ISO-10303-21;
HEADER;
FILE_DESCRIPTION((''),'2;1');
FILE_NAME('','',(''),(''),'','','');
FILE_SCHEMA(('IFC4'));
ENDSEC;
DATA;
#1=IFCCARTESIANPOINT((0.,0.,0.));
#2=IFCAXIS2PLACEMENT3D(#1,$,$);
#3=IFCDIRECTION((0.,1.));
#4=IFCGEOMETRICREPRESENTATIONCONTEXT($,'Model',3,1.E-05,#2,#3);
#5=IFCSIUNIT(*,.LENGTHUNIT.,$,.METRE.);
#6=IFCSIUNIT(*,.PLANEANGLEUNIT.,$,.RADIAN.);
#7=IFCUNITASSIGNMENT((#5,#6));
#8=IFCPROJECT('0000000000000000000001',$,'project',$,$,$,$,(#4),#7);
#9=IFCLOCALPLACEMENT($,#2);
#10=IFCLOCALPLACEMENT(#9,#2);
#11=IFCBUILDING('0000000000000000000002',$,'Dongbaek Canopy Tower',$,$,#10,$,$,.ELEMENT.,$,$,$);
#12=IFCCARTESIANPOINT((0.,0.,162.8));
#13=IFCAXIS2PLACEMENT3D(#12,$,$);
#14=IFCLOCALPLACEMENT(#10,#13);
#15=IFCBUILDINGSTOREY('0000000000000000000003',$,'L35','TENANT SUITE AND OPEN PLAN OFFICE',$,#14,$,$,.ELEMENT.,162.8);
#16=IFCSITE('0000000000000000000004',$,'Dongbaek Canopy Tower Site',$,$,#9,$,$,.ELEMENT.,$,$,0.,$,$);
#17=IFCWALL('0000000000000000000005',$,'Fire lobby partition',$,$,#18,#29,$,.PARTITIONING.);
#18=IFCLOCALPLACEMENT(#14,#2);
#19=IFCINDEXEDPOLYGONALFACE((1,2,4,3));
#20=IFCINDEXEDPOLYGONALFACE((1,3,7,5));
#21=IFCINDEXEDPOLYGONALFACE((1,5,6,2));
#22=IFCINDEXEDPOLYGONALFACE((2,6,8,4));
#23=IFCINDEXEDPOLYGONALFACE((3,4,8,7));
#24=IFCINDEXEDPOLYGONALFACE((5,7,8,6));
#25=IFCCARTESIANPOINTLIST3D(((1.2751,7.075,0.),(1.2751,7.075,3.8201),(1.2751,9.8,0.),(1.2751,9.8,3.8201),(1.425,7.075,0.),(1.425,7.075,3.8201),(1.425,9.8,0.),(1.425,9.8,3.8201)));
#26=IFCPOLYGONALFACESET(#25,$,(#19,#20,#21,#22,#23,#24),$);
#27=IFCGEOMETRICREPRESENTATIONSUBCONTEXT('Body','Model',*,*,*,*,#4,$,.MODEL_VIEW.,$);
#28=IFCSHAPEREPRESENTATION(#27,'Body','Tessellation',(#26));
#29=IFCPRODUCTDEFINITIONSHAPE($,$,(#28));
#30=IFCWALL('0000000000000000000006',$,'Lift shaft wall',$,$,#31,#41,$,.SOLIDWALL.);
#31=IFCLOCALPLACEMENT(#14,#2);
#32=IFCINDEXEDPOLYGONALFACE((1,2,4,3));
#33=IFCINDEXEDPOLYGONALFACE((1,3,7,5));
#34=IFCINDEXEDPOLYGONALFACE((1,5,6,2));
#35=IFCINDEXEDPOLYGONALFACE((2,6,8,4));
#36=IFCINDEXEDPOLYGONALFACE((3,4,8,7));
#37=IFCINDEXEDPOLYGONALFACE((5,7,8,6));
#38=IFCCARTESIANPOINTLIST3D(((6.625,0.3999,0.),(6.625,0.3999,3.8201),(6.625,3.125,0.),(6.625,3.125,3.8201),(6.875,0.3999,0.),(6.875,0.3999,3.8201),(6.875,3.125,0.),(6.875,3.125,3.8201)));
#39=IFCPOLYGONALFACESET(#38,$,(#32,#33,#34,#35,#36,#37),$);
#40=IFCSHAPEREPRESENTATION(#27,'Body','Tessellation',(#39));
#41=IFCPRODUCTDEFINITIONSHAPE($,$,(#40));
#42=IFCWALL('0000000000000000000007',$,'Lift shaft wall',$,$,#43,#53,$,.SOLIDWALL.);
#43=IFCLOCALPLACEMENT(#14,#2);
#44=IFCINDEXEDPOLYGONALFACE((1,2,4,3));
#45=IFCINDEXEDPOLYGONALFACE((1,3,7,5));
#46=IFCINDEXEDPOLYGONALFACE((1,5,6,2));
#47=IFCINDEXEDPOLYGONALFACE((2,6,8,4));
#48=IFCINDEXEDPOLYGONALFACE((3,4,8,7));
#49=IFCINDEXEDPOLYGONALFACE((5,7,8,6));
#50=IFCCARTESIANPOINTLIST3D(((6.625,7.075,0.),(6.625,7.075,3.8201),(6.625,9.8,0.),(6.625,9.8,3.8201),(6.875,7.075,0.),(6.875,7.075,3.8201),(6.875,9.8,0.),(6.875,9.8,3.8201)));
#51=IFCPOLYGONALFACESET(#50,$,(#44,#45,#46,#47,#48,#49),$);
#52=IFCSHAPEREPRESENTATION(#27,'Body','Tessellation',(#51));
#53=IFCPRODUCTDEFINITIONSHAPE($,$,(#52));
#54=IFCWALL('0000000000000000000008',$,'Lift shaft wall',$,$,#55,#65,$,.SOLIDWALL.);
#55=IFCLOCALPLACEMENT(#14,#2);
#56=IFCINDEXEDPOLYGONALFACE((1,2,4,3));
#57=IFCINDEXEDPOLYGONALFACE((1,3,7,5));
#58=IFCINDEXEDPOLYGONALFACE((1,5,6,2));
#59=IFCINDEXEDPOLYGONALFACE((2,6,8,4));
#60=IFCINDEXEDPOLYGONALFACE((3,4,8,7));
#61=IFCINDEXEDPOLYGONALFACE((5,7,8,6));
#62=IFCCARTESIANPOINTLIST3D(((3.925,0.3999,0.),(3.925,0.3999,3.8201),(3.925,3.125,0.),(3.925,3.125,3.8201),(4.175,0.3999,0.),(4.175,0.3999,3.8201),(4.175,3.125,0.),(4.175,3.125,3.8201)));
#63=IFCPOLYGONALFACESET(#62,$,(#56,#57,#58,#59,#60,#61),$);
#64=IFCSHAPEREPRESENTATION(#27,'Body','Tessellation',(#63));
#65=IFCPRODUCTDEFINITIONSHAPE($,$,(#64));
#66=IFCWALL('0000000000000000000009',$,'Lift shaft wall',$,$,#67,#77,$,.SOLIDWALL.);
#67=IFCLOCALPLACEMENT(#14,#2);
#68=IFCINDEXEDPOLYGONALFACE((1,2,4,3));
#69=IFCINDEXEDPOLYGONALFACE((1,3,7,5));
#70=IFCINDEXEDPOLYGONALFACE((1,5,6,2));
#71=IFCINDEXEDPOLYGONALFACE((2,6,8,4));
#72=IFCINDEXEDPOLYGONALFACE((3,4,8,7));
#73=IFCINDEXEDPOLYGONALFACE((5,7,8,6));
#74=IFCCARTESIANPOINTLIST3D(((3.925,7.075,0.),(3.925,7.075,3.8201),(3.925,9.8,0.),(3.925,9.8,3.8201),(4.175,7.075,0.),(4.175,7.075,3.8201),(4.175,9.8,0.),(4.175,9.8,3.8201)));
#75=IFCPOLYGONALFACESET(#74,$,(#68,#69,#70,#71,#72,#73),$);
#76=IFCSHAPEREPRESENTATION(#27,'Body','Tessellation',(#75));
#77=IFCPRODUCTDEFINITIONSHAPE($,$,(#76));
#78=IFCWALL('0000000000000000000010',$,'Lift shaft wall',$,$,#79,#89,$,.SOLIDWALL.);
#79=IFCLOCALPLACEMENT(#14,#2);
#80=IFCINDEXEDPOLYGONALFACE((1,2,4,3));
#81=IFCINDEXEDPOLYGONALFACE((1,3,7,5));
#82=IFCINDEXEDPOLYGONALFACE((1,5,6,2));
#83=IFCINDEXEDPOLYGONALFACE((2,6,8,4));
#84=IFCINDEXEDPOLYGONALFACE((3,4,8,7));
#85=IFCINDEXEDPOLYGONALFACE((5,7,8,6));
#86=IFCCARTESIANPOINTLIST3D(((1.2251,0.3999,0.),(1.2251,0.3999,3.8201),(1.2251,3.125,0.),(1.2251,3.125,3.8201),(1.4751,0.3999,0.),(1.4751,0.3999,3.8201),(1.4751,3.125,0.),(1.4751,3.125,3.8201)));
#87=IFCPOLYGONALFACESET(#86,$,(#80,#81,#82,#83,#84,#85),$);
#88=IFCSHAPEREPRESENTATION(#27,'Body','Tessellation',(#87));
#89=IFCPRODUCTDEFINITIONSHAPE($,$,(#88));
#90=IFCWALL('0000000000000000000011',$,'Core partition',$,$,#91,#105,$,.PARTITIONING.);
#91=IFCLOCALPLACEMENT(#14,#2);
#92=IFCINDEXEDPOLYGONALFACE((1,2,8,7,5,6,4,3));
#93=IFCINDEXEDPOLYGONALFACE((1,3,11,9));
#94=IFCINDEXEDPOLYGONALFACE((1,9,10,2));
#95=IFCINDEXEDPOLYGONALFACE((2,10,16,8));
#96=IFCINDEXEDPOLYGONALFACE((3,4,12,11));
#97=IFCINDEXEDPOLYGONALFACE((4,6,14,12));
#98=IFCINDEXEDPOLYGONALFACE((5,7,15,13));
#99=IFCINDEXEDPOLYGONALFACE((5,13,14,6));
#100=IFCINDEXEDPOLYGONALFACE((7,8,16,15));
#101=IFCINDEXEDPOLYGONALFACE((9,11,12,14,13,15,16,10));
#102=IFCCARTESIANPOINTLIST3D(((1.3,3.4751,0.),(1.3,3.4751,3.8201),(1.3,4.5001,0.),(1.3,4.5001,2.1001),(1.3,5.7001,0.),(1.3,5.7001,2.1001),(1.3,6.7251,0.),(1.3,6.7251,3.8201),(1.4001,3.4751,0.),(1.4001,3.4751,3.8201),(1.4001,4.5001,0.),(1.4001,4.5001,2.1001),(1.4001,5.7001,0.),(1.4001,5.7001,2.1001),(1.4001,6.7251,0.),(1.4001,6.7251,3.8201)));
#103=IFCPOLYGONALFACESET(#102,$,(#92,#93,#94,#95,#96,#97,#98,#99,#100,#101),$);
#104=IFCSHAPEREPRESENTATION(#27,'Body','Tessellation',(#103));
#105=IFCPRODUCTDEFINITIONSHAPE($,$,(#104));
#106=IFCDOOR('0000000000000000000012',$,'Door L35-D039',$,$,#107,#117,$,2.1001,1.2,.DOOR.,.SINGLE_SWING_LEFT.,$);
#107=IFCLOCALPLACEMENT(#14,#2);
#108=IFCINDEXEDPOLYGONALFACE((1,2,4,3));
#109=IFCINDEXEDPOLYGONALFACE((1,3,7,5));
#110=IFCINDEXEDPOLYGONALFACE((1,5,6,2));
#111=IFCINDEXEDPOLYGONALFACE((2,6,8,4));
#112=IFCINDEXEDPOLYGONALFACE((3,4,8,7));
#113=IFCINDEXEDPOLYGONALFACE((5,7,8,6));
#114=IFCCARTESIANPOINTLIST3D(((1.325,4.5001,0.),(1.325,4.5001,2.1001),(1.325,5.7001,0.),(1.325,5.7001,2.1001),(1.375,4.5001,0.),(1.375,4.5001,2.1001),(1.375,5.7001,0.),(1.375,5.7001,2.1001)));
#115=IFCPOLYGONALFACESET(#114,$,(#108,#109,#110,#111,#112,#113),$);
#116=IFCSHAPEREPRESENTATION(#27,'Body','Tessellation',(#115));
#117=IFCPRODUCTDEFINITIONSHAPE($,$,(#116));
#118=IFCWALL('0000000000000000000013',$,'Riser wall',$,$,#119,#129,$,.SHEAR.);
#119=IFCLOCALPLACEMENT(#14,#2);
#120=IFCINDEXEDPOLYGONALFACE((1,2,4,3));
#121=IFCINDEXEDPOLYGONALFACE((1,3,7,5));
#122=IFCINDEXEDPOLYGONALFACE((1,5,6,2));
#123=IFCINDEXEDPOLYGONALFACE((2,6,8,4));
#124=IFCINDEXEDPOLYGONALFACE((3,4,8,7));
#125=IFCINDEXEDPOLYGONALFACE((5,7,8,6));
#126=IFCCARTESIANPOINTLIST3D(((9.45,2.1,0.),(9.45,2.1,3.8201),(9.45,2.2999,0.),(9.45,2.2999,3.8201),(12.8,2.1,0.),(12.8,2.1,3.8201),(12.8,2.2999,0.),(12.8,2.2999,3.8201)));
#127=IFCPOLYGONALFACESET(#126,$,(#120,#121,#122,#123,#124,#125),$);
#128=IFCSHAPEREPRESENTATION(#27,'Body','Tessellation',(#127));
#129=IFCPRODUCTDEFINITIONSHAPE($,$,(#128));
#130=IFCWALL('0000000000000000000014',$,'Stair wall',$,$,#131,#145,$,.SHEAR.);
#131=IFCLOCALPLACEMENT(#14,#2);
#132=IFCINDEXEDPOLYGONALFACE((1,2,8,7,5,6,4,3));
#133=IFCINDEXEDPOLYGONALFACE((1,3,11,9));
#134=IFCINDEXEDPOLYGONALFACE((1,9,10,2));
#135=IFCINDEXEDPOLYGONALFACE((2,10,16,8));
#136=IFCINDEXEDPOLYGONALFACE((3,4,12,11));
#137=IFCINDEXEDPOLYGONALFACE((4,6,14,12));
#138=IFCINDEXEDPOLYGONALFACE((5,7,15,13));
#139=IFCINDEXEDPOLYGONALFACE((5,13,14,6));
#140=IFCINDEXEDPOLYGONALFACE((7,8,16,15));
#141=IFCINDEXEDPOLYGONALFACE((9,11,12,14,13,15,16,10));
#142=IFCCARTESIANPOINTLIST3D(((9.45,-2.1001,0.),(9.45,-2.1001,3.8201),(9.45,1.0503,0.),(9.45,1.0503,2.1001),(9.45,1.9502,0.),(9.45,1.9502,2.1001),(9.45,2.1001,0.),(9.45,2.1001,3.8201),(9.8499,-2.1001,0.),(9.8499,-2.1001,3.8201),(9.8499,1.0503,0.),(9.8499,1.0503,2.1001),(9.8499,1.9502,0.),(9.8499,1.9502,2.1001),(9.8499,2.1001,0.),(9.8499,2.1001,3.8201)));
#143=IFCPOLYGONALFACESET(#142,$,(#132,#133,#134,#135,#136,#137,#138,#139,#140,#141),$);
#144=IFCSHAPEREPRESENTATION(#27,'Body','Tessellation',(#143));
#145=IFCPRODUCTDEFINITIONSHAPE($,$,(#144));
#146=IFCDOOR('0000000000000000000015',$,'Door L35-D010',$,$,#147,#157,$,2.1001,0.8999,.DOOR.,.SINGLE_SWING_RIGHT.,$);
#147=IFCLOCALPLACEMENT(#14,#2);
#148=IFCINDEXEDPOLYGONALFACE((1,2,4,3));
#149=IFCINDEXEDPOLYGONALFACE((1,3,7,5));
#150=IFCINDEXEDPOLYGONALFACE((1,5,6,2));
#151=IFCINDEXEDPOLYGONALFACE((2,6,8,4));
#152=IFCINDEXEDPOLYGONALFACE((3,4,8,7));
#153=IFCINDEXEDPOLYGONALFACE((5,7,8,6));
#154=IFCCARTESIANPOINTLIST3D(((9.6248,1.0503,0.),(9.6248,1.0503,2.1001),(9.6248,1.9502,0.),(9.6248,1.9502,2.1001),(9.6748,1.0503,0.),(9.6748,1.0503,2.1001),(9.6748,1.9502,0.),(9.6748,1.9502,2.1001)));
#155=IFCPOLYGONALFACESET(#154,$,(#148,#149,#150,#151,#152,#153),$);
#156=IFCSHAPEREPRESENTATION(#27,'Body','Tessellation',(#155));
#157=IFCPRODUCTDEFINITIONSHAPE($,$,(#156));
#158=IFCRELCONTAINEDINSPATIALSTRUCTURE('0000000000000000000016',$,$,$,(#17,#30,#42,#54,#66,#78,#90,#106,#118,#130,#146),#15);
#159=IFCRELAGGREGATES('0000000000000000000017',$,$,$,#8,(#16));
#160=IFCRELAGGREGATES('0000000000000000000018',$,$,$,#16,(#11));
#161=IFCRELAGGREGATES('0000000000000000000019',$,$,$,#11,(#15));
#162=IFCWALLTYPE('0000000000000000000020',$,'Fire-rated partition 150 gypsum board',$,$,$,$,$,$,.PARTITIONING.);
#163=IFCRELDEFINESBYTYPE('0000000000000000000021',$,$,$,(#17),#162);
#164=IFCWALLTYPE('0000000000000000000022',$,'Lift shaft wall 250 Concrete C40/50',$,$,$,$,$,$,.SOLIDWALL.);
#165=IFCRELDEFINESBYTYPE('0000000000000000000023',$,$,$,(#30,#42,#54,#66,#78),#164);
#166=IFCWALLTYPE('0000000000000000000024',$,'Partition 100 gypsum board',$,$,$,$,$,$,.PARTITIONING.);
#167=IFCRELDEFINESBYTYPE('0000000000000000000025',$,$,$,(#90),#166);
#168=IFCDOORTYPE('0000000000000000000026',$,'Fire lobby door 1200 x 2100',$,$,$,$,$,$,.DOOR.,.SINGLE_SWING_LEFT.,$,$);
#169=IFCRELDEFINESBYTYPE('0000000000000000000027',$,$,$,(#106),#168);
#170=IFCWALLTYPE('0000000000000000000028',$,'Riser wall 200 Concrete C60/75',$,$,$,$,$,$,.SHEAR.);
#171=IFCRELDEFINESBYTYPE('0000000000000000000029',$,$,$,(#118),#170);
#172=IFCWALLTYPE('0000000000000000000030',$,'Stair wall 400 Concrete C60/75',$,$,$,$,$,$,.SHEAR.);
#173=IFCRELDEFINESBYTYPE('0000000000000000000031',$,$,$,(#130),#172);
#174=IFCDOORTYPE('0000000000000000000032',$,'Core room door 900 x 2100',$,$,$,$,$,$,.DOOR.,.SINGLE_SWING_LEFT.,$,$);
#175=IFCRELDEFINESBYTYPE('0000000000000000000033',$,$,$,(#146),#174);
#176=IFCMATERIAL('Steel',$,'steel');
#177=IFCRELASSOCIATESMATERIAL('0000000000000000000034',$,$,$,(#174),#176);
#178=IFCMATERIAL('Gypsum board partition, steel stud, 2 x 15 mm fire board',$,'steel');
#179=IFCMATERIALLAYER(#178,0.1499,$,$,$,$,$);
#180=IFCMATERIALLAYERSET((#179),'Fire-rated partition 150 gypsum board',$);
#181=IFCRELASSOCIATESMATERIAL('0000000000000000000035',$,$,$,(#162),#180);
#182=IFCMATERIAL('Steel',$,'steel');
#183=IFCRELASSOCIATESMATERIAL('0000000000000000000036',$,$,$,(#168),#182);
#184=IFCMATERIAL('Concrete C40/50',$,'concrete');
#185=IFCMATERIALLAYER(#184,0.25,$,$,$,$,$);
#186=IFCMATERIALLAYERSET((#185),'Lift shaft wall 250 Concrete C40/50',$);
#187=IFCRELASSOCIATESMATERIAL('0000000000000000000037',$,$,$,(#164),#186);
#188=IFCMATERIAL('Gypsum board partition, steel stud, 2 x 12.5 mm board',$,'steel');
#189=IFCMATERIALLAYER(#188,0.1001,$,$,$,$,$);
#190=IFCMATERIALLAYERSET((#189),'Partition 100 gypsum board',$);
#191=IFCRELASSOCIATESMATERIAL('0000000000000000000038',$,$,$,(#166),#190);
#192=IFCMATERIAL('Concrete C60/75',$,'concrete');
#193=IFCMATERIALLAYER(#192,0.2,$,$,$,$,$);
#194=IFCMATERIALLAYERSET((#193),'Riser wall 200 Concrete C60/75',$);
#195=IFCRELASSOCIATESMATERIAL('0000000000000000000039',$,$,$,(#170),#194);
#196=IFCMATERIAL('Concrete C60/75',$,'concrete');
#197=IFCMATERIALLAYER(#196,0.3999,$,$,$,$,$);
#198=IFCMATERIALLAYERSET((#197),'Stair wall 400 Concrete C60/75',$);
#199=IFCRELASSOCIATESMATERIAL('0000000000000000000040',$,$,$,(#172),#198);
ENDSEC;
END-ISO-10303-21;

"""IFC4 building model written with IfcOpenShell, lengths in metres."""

from ifc_helpers import new_model, si_unit, direction, frame, frame_2d, origin, place, context, subcontext, project, spatial, rectangle, extrude, material, layer, layer_set, type_object, element, fill, save


model = new_model("IFC4")

# Units and contexts
model_context = context("Model", 3, precision=1e-05, world=origin(), true_north=direction((0.0, 1.0)))
body_context = subcontext(model_context, "Body", "Model", "MODEL_VIEW")
ifc_project = project(units=[si_unit("LENGTHUNIT", "METRE"), si_unit("PLANEANGLEUNIT", "RADIAN")], contexts=[model_context])

# Site, building, storey
site_placement = place(None, origin())
site = spatial("IfcSite", under=ifc_project, at=site_placement, Name="Dongbaek Canopy Tower Site", CompositionType="ELEMENT", RefElevation=0.0)
building_placement = place(site_placement, origin())
building = spatial("IfcBuilding", under=site, at=building_placement, Name="Dongbaek Canopy Tower", CompositionType="ELEMENT")
storey_placement = place(building_placement, frame((0.0, 0.0, 162.8)))
storey = spatial("IfcBuildingStorey", under=building, at=storey_placement, Name="L35", Description="TENANT SUITE AND OPEN PLAN OFFICE", CompositionType="ELEMENT", Elevation=162.8)

# Shared definitions
ifc_material_1 = material(Name="Steel", Category="steel")
door_type_1 = type_object("IfcDoorType", Name="Core room door 900 x 2100", OperationType="SINGLE_SWING_LEFT", PredefinedType="DOOR", material=ifc_material_1)

# Shared definitions
ifc_material_2 = material(Name="Gypsum board partition, steel stud, 2 x 15 mm fire board", Category="steel")
ifc_layer_1 = layer(ifc_material_2, 0.1499)
ifc_layer_set_1 = layer_set([ifc_layer_1], Name="Fire-rated partition 150 gypsum board")
wall_type_1 = type_object("IfcWallType", Name="Fire-rated partition 150 gypsum board", PredefinedType="PARTITIONING", material=ifc_layer_set_1)
ifc_material_3 = material(Name="Steel", Category="steel")
door_type_2 = type_object("IfcDoorType", Name="Fire lobby door 1200 x 2100", OperationType="SINGLE_SWING_LEFT", PredefinedType="DOOR", material=ifc_material_3)

# Walls
wall_1_placement = place(storey_placement, frame((1.3501, 7.075, 0.0), z_axis=(0.0, 0.0, 1.0), x_axis=(0.0, 1.0, 0.0)))
element("IfcWall", 1, at=wall_1_placement, inside=storey, type_object=wall_type_1, Name="Fire lobby partition", PredefinedType="PARTITIONING", context=body_context, shape_type="SweptSolid", body=[
    extrude(rectangle(XDim=2.7251, YDim=0.1499, at=frame_2d((1.3625, 0.0))), origin(), (0.0, 0.0, 1.0), 3.8201),
])
ifc_material_4 = material(Name="Concrete C40/50", Category="concrete")
ifc_layer_2 = layer(ifc_material_4, 0.25)
ifc_layer_set_2 = layer_set([ifc_layer_2], Name="Lift shaft wall 250 Concrete C40/50")
wall_type_2 = type_object("IfcWallType", Name="Lift shaft wall 250 Concrete C40/50", PredefinedType="SOLIDWALL", material=ifc_layer_set_2)
for number, where, z_axis, x_axis, name in (
    (2, (6.75, 0.3999, 0.0), (0.0, 0.0, 1.0), (0.0, 1.0, 0.0), "Lift shaft wall"),
    (3, (6.75, 7.075, 0.0), (0.0, 0.0, 1.0), (0.0, 1.0, 0.0), "Lift shaft wall"),
    (4, (4.05, 0.3999, 0.0), (0.0, 0.0, 1.0), (0.0, 1.0, 0.0), "Lift shaft wall"),
    (5, (4.05, 7.075, 0.0), (0.0, 0.0, 1.0), (0.0, 1.0, 0.0), "Lift shaft wall"),
    (6, (1.3501, 0.3999, 0.0), (0.0, 0.0, 1.0), (0.0, 1.0, 0.0), "Lift shaft wall"),
):
    element("IfcWall", number, at=place(storey_placement, frame(where, z_axis=z_axis, x_axis=x_axis)), inside=storey, type_object=wall_type_2, Name=name, PredefinedType="SOLIDWALL", context=body_context, shape_type="SweptSolid", body=[
        extrude(rectangle(XDim=2.7251, YDim=0.25, at=frame_2d((1.3625, 0.0))), origin(), (0.0, 0.0, 1.0), 3.8201),
    ])

# Wall, opening, door
ifc_material_5 = material(Name="Gypsum board partition, steel stud, 2 x 12.5 mm board", Category="steel")
ifc_layer_3 = layer(ifc_material_5, 0.1001)
ifc_layer_set_3 = layer_set([ifc_layer_3], Name="Partition 100 gypsum board")
wall_type_3 = type_object("IfcWallType", Name="Partition 100 gypsum board", PredefinedType="PARTITIONING", material=ifc_layer_set_3)
wall_2_placement = place(storey_placement, frame((1.3501, 6.7251, 0.0), z_axis=(0.0, 0.0, 1.0), x_axis=(0.0, -1.0, 0.0)))
wall_2 = element("IfcWall", 7, at=wall_2_placement, inside=storey, type_object=wall_type_3, Name="Core partition", PredefinedType="PARTITIONING", context=body_context, shape_type="SweptSolid", body=[
    extrude(rectangle(XDim=3.25, YDim=0.1001, at=frame_2d((1.625, 0.0))), origin(), (0.0, 0.0, 1.0), 3.8201),
])
opening_1_placement = place(wall_2_placement, frame((1.0249, 0.0, 0.0)))
opening_1 = element("IfcOpeningElement", 8, at=opening_1_placement, cuts=wall_2, PredefinedType="OPENING", context=body_context, shape_type="SweptSolid", body=[
    extrude(rectangle(XDim=1.2, YDim=2.1001, at=frame_2d((0.6001, 1.05))), frame((0.0, 0.0601, 0.0), z_axis=(0.0, -1.0, 0.0), x_axis=(1.0, 0.0, 0.0)), (0.0, 0.0, 1.0), 0.1201),
])
door_1_placement = place(opening_1_placement, origin())
door_1 = element("IfcDoor", 9, at=door_1_placement, inside=storey, type_object=door_type_2, Name="Door L35-D039", OperationType="SINGLE_SWING_LEFT", OverallHeight=2.1001, OverallWidth=1.2, PredefinedType="DOOR", context=body_context, shape_type="SweptSolid", body=[
    extrude(rectangle(XDim=1.2, YDim=2.1001, at=frame_2d((0.6001, 1.05))), frame((0.0, 0.0249, 0.0), z_axis=(0.0, -1.0, 0.0), x_axis=(1.0, 0.0, 0.0)), (0.0, 0.0, 1.0), 0.05),
])
fill(opening_1, door_1)

# Wall
ifc_material_6 = material(Name="Concrete C60/75", Category="concrete")
ifc_layer_4 = layer(ifc_material_6, 0.2)
ifc_layer_set_4 = layer_set([ifc_layer_4], Name="Riser wall 200 Concrete C60/75")
wall_type_4 = type_object("IfcWallType", Name="Riser wall 200 Concrete C60/75", PredefinedType="SHEAR", material=ifc_layer_set_4)
wall_3_placement = place(storey_placement, frame((9.45, 2.2, 0.0), z_axis=(0.0, 0.0, 1.0), x_axis=(1.0, 0.0, 0.0)))
element("IfcWall", 10, at=wall_3_placement, inside=storey, type_object=wall_type_4, Name="Riser wall", PredefinedType="SHEAR", context=body_context, shape_type="SweptSolid", body=[
    extrude(rectangle(XDim=3.3501, YDim=0.2, at=frame_2d((1.675, 0.0))), origin(), (0.0, 0.0, 1.0), 3.8201),
])

# Wall, opening, door
ifc_material_7 = material(Name="Concrete C60/75", Category="concrete")
ifc_layer_5 = layer(ifc_material_7, 0.3999)
ifc_layer_set_5 = layer_set([ifc_layer_5], Name="Stair wall 400 Concrete C60/75")
wall_type_5 = type_object("IfcWallType", Name="Stair wall 400 Concrete C60/75", PredefinedType="SHEAR", material=ifc_layer_set_5)
wall_4_placement = place(storey_placement, frame((9.6499, 2.1001, 0.0), z_axis=(0.0, 0.0, 1.0), x_axis=(0.0, -1.0, 0.0)))
wall_4 = element("IfcWall", 11, at=wall_4_placement, inside=storey, type_object=wall_type_5, Name="Stair wall", PredefinedType="SHEAR", context=body_context, shape_type="SweptSolid", body=[
    extrude(rectangle(XDim=4.2002, YDim=0.3999, at=frame_2d((2.1001, 0.0))), origin(), (0.0, 0.0, 1.0), 3.8201),
])
opening_2_placement = place(wall_4_placement, frame((0.1499, 0.0, 0.0)))
opening_2 = element("IfcOpeningElement", 12, at=opening_2_placement, cuts=wall_4, PredefinedType="OPENING", context=body_context, shape_type="SweptSolid", body=[
    extrude(rectangle(XDim=0.8999, YDim=2.1001, at=frame_2d((0.45, 1.05))), frame((0.0, 0.21, 0.0), z_axis=(0.0, -1.0, 0.0), x_axis=(1.0, 0.0, 0.0)), (0.0, 0.0, 1.0), 0.4199),
])
door_2_placement = place(opening_2_placement, origin())
door_2 = element("IfcDoor", 13, at=door_2_placement, inside=storey, type_object=door_type_1, Name="Door L35-D010", OperationType="SINGLE_SWING_RIGHT", OverallHeight=2.1001, OverallWidth=0.8999, PredefinedType="DOOR", context=body_context, shape_type="SweptSolid", body=[
    extrude(rectangle(XDim=0.8999, YDim=2.1001, at=frame_2d((0.45, 1.05))), frame((0.0, 0.0249, 0.0), z_axis=(0.0, -1.0, 0.0), x_axis=(1.0, 0.0, 0.0)), (0.0, 0.0, 1.0), 0.05),
])
fill(opening_2, door_2)

save(model, "model.ifc")
